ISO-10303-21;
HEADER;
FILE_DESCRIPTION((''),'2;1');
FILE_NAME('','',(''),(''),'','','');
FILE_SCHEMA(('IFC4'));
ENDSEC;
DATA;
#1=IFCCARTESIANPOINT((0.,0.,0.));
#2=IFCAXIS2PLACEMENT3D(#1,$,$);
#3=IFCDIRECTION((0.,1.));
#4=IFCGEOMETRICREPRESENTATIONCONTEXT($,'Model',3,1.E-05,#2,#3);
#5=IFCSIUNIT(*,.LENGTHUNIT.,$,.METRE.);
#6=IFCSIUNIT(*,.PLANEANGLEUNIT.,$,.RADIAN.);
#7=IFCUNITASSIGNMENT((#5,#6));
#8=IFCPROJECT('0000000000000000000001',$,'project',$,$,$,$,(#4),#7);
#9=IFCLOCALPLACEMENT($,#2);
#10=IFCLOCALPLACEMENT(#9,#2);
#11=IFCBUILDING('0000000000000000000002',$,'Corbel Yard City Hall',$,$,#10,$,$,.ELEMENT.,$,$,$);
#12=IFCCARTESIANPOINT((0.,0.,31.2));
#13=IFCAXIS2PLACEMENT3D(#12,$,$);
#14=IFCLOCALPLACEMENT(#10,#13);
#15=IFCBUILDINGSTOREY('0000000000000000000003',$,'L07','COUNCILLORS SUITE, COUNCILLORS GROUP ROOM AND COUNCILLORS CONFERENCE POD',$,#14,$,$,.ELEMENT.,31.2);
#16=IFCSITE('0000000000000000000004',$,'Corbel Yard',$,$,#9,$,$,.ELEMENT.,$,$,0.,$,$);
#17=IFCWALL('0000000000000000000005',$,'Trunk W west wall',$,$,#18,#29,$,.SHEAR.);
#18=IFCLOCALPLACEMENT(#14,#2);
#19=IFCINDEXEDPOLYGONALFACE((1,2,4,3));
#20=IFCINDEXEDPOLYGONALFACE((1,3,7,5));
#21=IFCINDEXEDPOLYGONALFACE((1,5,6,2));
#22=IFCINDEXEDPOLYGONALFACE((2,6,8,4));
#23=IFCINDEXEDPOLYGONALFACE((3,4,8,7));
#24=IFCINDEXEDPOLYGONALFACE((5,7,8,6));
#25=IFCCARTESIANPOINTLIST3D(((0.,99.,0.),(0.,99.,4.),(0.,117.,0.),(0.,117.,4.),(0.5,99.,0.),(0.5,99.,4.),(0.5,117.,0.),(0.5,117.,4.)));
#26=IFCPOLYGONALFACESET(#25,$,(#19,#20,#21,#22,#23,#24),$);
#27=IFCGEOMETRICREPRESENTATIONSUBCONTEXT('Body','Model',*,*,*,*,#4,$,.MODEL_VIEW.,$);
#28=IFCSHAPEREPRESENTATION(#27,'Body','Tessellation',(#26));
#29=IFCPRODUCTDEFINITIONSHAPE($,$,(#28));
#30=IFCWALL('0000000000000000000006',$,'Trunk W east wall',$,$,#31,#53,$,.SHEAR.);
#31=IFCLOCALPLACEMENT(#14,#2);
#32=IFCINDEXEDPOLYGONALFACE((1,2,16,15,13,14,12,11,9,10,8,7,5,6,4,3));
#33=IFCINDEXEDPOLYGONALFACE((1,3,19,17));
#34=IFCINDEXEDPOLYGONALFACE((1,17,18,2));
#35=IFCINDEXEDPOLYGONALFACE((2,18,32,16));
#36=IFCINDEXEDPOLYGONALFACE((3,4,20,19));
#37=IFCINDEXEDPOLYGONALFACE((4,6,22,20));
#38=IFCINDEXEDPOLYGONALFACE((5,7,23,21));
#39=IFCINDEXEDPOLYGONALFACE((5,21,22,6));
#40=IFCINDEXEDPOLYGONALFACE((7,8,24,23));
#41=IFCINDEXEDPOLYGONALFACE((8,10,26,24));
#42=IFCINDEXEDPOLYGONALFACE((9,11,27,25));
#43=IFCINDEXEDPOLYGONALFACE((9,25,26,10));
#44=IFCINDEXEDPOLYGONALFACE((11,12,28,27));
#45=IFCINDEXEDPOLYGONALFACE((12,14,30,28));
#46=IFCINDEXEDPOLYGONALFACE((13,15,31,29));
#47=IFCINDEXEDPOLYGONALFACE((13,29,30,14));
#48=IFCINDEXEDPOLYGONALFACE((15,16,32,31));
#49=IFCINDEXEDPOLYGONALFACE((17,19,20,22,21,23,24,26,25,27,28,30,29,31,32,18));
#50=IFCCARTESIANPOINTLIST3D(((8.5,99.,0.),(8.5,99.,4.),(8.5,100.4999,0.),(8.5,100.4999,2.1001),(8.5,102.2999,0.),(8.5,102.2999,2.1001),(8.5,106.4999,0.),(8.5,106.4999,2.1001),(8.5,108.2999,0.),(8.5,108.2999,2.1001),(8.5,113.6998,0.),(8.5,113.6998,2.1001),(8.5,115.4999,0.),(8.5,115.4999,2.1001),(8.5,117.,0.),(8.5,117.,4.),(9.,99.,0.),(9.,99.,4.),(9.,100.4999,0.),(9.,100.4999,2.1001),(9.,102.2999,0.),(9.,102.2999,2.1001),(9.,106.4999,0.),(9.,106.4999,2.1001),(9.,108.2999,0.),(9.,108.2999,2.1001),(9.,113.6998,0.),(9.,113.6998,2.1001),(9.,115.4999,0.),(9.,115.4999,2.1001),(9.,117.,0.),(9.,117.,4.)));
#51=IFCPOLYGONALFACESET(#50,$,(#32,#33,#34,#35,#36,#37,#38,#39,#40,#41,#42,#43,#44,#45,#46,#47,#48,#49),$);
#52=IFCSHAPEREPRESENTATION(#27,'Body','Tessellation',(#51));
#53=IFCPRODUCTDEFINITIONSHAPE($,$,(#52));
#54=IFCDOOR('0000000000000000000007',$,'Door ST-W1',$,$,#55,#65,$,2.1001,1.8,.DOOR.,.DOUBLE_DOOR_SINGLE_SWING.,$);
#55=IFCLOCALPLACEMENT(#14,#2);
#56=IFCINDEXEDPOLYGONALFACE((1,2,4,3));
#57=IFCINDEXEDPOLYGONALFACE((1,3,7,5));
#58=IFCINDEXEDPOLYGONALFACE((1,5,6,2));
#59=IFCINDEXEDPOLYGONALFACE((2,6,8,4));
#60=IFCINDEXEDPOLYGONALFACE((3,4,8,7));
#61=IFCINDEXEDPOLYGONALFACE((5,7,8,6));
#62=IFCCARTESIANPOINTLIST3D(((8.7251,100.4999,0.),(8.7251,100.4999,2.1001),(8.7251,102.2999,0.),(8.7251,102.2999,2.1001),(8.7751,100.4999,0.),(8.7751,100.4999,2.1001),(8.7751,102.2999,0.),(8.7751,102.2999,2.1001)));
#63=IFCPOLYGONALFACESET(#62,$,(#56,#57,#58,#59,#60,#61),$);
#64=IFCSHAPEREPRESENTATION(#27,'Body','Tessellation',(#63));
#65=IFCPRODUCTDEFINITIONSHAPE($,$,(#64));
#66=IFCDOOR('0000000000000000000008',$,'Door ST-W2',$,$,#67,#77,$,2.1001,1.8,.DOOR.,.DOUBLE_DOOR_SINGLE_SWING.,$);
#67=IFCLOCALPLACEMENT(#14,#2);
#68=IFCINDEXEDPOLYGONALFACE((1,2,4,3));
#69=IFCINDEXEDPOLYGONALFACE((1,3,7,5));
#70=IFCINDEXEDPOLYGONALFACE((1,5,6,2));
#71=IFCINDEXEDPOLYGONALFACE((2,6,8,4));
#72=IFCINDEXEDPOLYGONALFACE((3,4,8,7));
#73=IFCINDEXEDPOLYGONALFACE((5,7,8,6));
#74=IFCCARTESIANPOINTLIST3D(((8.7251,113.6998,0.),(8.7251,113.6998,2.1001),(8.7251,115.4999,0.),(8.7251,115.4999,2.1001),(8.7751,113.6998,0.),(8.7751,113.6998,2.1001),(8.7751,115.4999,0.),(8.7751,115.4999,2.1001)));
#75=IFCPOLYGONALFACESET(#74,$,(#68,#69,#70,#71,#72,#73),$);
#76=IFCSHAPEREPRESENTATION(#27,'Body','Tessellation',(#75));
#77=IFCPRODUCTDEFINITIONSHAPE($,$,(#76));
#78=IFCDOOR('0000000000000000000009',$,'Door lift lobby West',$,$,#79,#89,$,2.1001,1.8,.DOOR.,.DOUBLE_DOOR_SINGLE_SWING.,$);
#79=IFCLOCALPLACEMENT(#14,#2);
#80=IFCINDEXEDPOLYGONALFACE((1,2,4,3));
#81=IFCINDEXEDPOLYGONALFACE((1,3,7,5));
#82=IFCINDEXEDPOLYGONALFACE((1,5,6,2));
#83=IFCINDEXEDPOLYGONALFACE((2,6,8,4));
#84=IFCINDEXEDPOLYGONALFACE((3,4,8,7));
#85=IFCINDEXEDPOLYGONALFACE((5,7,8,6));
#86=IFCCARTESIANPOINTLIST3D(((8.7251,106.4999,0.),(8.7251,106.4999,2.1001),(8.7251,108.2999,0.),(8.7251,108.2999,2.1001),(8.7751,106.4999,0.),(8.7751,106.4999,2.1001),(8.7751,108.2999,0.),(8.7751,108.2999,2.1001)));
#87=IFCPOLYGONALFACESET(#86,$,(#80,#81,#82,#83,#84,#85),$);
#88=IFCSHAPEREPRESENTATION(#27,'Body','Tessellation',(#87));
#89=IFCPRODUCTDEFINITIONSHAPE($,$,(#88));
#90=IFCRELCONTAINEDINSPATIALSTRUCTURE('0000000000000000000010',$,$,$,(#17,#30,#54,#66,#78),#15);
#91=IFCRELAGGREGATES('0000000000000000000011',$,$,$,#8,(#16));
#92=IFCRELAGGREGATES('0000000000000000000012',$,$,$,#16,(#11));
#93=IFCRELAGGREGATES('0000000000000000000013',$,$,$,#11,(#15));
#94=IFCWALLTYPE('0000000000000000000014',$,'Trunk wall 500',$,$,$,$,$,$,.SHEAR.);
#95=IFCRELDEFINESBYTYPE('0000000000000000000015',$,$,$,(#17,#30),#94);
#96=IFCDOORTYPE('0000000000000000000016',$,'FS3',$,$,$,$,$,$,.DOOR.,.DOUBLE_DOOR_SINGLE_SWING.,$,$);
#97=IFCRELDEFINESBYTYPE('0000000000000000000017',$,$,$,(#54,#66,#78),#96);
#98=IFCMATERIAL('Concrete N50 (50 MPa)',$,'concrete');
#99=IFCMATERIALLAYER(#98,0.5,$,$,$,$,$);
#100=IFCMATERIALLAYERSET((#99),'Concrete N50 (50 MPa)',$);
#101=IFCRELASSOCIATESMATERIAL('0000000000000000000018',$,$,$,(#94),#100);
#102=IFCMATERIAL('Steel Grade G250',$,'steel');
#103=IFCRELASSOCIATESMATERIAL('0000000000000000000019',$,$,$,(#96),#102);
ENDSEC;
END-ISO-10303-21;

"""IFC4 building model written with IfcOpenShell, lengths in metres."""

from ifc_helpers import new_model, si_unit, direction, frame, frame_2d, origin, place, context, subcontext, project, spatial, rectangle, extrude, material, layer, layer_set, type_object, element, fill, save


model = new_model("IFC4")

# Units and contexts
model_context = context("Model", 3, precision=1e-05, world=origin(), true_north=direction((0.0, 1.0)))
body_context = subcontext(model_context, "Body", "Model", "MODEL_VIEW")
ifc_project = project(units=[si_unit("LENGTHUNIT", "METRE"), si_unit("PLANEANGLEUNIT", "RADIAN")], contexts=[model_context])

# Site, building, storey
site_placement = place(None, origin())
site = spatial("IfcSite", under=ifc_project, at=site_placement, Name="Corbel Yard", CompositionType="ELEMENT", RefElevation=0.0)
building_placement = place(site_placement, origin())
building = spatial("IfcBuilding", under=site, at=building_placement, Name="Corbel Yard City Hall", CompositionType="ELEMENT")
storey_placement = place(building_placement, frame((0.0, 0.0, 31.2)))
storey = spatial("IfcBuildingStorey", under=building, at=storey_placement, Name="L07", Description="COUNCILLORS SUITE, COUNCILLORS GROUP ROOM AND COUNCILLORS CONFERENCE POD", CompositionType="ELEMENT", Elevation=31.2)

# Wall
ifc_material_1 = material(Name="Concrete N50 (50 MPa)", Category="concrete")
ifc_layer_1 = layer(ifc_material_1, 0.5)
ifc_layer_set_1 = layer_set([ifc_layer_1], Name="Concrete N50 (50 MPa)")
wall_type_1 = type_object("IfcWallType", Name="Trunk wall 500", PredefinedType="SHEAR", material=ifc_layer_set_1)
wall_1_placement = place(storey_placement, frame((0.25, 99.0, 0.0), z_axis=(0.0, 0.0, 1.0), x_axis=(0.0, 1.0, 0.0)))
element("IfcWall", 1, at=wall_1_placement, inside=storey, type_object=wall_type_1, Name="Trunk W west wall", PredefinedType="SHEAR", context=body_context, shape_type="SweptSolid", body=[
    extrude(rectangle(XDim=18.0, YDim=0.5, at=frame_2d((9.0, 0.0))), origin(), (0.0, 0.0, 1.0), 4.0),
])

# Wall, openings, doors
wall_2_placement = place(storey_placement, frame((8.75, 99.0, 0.0), z_axis=(0.0, 0.0, 1.0), x_axis=(0.0, 1.0, 0.0)))
wall_2 = element("IfcWall", 2, at=wall_2_placement, inside=storey, type_object=wall_type_1, Name="Trunk W east wall", PredefinedType="SHEAR", context=body_context, shape_type="SweptSolid", body=[
    extrude(rectangle(XDim=18.0, YDim=0.5, at=frame_2d((9.0, 0.0))), origin(), (0.0, 0.0, 1.0), 4.0),
])
opening_1_placement = place(wall_2_placement, frame((1.5, 0.0, 0.0)))
opening_1 = element("IfcOpeningElement", 3, at=opening_1_placement, cuts=wall_2, PredefinedType="OPENING", context=body_context, shape_type="SweptSolid", body=[
    extrude(rectangle(XDim=1.8, YDim=2.1001, at=frame_2d((0.8999, 1.05))), frame((0.0, 0.26, 0.0), z_axis=(0.0, -1.0, 0.0), x_axis=(1.0, 0.0, 0.0)), (0.0, 0.0, 1.0), 0.52),
])
opening_2_placement = place(wall_2_placement, frame((14.7, 0.0, 0.0)))
opening_2 = element("IfcOpeningElement", 4, at=opening_2_placement, cuts=wall_2, PredefinedType="OPENING", context=body_context, shape_type="SweptSolid", body=[
    extrude(rectangle(XDim=1.8, YDim=2.1001, at=frame_2d((0.8999, 1.05))), frame((0.0, 0.26, 0.0), z_axis=(0.0, -1.0, 0.0), x_axis=(1.0, 0.0, 0.0)), (0.0, 0.0, 1.0), 0.52),
])
opening_3_placement = place(wall_2_placement, frame((7.5, 0.0, 0.0)))
opening_3 = element("IfcOpeningElement", 5, at=opening_3_placement, cuts=wall_2, PredefinedType="OPENING", context=body_context, shape_type="SweptSolid", body=[
    extrude(rectangle(XDim=1.8, YDim=2.1001, at=frame_2d((0.8999, 1.05))), frame((0.0, 0.26, 0.0), z_axis=(0.0, -1.0, 0.0), x_axis=(1.0, 0.0, 0.0)), (0.0, 0.0, 1.0), 0.52),
])
ifc_material_2 = material(Name="Steel Grade G250", Category="steel")
door_type_1 = type_object("IfcDoorType", Name="FS3", OperationType="DOUBLE_DOOR_SINGLE_SWING", PredefinedType="DOOR", material=ifc_material_2)
door_1_placement = place(opening_1_placement, origin())
door_1 = element("IfcDoor", 6, at=door_1_placement, inside=storey, type_object=door_type_1, Name="Door ST-W1", OperationType="DOUBLE_DOOR_SINGLE_SWING", OverallHeight=2.1001, OverallWidth=1.8, PredefinedType="DOOR", context=body_context, shape_type="SweptSolid", body=[
    extrude(rectangle(XDim=1.8, YDim=2.1001, at=frame_2d((0.8999, 1.05))), frame((0.0, 0.0249, 0.0), z_axis=(0.0, -1.0, 0.0), x_axis=(1.0, 0.0, 0.0)), (0.0, 0.0, 1.0), 0.05),
])
fill(opening_1, door_1)
door_2_placement = place(opening_2_placement, origin())
door_2 = element("IfcDoor", 7, at=door_2_placement, inside=storey, type_object=door_type_1, Name="Door ST-W2", OperationType="DOUBLE_DOOR_SINGLE_SWING", OverallHeight=2.1001, OverallWidth=1.8, PredefinedType="DOOR", context=body_context, shape_type="SweptSolid", body=[
    extrude(rectangle(XDim=1.8, YDim=2.1001, at=frame_2d((0.8999, 1.05))), frame((0.0, 0.0249, 0.0), z_axis=(0.0, -1.0, 0.0), x_axis=(1.0, 0.0, 0.0)), (0.0, 0.0, 1.0), 0.05),
])
fill(opening_2, door_2)
door_3_placement = place(opening_3_placement, origin())
door_3 = element("IfcDoor", 8, at=door_3_placement, inside=storey, type_object=door_type_1, Name="Door lift lobby West", OperationType="DOUBLE_DOOR_SINGLE_SWING", OverallHeight=2.1001, OverallWidth=1.8, PredefinedType="DOOR", context=body_context, shape_type="SweptSolid", body=[
    extrude(rectangle(XDim=1.8, YDim=2.1001, at=frame_2d((0.8999, 1.05))), frame((0.0, 0.0249, 0.0), z_axis=(0.0, -1.0, 0.0), x_axis=(1.0, 0.0, 0.0)), (0.0, 0.0, 1.0), 0.05),
])
fill(opening_3, door_3)

save(model, "model.ifc")
